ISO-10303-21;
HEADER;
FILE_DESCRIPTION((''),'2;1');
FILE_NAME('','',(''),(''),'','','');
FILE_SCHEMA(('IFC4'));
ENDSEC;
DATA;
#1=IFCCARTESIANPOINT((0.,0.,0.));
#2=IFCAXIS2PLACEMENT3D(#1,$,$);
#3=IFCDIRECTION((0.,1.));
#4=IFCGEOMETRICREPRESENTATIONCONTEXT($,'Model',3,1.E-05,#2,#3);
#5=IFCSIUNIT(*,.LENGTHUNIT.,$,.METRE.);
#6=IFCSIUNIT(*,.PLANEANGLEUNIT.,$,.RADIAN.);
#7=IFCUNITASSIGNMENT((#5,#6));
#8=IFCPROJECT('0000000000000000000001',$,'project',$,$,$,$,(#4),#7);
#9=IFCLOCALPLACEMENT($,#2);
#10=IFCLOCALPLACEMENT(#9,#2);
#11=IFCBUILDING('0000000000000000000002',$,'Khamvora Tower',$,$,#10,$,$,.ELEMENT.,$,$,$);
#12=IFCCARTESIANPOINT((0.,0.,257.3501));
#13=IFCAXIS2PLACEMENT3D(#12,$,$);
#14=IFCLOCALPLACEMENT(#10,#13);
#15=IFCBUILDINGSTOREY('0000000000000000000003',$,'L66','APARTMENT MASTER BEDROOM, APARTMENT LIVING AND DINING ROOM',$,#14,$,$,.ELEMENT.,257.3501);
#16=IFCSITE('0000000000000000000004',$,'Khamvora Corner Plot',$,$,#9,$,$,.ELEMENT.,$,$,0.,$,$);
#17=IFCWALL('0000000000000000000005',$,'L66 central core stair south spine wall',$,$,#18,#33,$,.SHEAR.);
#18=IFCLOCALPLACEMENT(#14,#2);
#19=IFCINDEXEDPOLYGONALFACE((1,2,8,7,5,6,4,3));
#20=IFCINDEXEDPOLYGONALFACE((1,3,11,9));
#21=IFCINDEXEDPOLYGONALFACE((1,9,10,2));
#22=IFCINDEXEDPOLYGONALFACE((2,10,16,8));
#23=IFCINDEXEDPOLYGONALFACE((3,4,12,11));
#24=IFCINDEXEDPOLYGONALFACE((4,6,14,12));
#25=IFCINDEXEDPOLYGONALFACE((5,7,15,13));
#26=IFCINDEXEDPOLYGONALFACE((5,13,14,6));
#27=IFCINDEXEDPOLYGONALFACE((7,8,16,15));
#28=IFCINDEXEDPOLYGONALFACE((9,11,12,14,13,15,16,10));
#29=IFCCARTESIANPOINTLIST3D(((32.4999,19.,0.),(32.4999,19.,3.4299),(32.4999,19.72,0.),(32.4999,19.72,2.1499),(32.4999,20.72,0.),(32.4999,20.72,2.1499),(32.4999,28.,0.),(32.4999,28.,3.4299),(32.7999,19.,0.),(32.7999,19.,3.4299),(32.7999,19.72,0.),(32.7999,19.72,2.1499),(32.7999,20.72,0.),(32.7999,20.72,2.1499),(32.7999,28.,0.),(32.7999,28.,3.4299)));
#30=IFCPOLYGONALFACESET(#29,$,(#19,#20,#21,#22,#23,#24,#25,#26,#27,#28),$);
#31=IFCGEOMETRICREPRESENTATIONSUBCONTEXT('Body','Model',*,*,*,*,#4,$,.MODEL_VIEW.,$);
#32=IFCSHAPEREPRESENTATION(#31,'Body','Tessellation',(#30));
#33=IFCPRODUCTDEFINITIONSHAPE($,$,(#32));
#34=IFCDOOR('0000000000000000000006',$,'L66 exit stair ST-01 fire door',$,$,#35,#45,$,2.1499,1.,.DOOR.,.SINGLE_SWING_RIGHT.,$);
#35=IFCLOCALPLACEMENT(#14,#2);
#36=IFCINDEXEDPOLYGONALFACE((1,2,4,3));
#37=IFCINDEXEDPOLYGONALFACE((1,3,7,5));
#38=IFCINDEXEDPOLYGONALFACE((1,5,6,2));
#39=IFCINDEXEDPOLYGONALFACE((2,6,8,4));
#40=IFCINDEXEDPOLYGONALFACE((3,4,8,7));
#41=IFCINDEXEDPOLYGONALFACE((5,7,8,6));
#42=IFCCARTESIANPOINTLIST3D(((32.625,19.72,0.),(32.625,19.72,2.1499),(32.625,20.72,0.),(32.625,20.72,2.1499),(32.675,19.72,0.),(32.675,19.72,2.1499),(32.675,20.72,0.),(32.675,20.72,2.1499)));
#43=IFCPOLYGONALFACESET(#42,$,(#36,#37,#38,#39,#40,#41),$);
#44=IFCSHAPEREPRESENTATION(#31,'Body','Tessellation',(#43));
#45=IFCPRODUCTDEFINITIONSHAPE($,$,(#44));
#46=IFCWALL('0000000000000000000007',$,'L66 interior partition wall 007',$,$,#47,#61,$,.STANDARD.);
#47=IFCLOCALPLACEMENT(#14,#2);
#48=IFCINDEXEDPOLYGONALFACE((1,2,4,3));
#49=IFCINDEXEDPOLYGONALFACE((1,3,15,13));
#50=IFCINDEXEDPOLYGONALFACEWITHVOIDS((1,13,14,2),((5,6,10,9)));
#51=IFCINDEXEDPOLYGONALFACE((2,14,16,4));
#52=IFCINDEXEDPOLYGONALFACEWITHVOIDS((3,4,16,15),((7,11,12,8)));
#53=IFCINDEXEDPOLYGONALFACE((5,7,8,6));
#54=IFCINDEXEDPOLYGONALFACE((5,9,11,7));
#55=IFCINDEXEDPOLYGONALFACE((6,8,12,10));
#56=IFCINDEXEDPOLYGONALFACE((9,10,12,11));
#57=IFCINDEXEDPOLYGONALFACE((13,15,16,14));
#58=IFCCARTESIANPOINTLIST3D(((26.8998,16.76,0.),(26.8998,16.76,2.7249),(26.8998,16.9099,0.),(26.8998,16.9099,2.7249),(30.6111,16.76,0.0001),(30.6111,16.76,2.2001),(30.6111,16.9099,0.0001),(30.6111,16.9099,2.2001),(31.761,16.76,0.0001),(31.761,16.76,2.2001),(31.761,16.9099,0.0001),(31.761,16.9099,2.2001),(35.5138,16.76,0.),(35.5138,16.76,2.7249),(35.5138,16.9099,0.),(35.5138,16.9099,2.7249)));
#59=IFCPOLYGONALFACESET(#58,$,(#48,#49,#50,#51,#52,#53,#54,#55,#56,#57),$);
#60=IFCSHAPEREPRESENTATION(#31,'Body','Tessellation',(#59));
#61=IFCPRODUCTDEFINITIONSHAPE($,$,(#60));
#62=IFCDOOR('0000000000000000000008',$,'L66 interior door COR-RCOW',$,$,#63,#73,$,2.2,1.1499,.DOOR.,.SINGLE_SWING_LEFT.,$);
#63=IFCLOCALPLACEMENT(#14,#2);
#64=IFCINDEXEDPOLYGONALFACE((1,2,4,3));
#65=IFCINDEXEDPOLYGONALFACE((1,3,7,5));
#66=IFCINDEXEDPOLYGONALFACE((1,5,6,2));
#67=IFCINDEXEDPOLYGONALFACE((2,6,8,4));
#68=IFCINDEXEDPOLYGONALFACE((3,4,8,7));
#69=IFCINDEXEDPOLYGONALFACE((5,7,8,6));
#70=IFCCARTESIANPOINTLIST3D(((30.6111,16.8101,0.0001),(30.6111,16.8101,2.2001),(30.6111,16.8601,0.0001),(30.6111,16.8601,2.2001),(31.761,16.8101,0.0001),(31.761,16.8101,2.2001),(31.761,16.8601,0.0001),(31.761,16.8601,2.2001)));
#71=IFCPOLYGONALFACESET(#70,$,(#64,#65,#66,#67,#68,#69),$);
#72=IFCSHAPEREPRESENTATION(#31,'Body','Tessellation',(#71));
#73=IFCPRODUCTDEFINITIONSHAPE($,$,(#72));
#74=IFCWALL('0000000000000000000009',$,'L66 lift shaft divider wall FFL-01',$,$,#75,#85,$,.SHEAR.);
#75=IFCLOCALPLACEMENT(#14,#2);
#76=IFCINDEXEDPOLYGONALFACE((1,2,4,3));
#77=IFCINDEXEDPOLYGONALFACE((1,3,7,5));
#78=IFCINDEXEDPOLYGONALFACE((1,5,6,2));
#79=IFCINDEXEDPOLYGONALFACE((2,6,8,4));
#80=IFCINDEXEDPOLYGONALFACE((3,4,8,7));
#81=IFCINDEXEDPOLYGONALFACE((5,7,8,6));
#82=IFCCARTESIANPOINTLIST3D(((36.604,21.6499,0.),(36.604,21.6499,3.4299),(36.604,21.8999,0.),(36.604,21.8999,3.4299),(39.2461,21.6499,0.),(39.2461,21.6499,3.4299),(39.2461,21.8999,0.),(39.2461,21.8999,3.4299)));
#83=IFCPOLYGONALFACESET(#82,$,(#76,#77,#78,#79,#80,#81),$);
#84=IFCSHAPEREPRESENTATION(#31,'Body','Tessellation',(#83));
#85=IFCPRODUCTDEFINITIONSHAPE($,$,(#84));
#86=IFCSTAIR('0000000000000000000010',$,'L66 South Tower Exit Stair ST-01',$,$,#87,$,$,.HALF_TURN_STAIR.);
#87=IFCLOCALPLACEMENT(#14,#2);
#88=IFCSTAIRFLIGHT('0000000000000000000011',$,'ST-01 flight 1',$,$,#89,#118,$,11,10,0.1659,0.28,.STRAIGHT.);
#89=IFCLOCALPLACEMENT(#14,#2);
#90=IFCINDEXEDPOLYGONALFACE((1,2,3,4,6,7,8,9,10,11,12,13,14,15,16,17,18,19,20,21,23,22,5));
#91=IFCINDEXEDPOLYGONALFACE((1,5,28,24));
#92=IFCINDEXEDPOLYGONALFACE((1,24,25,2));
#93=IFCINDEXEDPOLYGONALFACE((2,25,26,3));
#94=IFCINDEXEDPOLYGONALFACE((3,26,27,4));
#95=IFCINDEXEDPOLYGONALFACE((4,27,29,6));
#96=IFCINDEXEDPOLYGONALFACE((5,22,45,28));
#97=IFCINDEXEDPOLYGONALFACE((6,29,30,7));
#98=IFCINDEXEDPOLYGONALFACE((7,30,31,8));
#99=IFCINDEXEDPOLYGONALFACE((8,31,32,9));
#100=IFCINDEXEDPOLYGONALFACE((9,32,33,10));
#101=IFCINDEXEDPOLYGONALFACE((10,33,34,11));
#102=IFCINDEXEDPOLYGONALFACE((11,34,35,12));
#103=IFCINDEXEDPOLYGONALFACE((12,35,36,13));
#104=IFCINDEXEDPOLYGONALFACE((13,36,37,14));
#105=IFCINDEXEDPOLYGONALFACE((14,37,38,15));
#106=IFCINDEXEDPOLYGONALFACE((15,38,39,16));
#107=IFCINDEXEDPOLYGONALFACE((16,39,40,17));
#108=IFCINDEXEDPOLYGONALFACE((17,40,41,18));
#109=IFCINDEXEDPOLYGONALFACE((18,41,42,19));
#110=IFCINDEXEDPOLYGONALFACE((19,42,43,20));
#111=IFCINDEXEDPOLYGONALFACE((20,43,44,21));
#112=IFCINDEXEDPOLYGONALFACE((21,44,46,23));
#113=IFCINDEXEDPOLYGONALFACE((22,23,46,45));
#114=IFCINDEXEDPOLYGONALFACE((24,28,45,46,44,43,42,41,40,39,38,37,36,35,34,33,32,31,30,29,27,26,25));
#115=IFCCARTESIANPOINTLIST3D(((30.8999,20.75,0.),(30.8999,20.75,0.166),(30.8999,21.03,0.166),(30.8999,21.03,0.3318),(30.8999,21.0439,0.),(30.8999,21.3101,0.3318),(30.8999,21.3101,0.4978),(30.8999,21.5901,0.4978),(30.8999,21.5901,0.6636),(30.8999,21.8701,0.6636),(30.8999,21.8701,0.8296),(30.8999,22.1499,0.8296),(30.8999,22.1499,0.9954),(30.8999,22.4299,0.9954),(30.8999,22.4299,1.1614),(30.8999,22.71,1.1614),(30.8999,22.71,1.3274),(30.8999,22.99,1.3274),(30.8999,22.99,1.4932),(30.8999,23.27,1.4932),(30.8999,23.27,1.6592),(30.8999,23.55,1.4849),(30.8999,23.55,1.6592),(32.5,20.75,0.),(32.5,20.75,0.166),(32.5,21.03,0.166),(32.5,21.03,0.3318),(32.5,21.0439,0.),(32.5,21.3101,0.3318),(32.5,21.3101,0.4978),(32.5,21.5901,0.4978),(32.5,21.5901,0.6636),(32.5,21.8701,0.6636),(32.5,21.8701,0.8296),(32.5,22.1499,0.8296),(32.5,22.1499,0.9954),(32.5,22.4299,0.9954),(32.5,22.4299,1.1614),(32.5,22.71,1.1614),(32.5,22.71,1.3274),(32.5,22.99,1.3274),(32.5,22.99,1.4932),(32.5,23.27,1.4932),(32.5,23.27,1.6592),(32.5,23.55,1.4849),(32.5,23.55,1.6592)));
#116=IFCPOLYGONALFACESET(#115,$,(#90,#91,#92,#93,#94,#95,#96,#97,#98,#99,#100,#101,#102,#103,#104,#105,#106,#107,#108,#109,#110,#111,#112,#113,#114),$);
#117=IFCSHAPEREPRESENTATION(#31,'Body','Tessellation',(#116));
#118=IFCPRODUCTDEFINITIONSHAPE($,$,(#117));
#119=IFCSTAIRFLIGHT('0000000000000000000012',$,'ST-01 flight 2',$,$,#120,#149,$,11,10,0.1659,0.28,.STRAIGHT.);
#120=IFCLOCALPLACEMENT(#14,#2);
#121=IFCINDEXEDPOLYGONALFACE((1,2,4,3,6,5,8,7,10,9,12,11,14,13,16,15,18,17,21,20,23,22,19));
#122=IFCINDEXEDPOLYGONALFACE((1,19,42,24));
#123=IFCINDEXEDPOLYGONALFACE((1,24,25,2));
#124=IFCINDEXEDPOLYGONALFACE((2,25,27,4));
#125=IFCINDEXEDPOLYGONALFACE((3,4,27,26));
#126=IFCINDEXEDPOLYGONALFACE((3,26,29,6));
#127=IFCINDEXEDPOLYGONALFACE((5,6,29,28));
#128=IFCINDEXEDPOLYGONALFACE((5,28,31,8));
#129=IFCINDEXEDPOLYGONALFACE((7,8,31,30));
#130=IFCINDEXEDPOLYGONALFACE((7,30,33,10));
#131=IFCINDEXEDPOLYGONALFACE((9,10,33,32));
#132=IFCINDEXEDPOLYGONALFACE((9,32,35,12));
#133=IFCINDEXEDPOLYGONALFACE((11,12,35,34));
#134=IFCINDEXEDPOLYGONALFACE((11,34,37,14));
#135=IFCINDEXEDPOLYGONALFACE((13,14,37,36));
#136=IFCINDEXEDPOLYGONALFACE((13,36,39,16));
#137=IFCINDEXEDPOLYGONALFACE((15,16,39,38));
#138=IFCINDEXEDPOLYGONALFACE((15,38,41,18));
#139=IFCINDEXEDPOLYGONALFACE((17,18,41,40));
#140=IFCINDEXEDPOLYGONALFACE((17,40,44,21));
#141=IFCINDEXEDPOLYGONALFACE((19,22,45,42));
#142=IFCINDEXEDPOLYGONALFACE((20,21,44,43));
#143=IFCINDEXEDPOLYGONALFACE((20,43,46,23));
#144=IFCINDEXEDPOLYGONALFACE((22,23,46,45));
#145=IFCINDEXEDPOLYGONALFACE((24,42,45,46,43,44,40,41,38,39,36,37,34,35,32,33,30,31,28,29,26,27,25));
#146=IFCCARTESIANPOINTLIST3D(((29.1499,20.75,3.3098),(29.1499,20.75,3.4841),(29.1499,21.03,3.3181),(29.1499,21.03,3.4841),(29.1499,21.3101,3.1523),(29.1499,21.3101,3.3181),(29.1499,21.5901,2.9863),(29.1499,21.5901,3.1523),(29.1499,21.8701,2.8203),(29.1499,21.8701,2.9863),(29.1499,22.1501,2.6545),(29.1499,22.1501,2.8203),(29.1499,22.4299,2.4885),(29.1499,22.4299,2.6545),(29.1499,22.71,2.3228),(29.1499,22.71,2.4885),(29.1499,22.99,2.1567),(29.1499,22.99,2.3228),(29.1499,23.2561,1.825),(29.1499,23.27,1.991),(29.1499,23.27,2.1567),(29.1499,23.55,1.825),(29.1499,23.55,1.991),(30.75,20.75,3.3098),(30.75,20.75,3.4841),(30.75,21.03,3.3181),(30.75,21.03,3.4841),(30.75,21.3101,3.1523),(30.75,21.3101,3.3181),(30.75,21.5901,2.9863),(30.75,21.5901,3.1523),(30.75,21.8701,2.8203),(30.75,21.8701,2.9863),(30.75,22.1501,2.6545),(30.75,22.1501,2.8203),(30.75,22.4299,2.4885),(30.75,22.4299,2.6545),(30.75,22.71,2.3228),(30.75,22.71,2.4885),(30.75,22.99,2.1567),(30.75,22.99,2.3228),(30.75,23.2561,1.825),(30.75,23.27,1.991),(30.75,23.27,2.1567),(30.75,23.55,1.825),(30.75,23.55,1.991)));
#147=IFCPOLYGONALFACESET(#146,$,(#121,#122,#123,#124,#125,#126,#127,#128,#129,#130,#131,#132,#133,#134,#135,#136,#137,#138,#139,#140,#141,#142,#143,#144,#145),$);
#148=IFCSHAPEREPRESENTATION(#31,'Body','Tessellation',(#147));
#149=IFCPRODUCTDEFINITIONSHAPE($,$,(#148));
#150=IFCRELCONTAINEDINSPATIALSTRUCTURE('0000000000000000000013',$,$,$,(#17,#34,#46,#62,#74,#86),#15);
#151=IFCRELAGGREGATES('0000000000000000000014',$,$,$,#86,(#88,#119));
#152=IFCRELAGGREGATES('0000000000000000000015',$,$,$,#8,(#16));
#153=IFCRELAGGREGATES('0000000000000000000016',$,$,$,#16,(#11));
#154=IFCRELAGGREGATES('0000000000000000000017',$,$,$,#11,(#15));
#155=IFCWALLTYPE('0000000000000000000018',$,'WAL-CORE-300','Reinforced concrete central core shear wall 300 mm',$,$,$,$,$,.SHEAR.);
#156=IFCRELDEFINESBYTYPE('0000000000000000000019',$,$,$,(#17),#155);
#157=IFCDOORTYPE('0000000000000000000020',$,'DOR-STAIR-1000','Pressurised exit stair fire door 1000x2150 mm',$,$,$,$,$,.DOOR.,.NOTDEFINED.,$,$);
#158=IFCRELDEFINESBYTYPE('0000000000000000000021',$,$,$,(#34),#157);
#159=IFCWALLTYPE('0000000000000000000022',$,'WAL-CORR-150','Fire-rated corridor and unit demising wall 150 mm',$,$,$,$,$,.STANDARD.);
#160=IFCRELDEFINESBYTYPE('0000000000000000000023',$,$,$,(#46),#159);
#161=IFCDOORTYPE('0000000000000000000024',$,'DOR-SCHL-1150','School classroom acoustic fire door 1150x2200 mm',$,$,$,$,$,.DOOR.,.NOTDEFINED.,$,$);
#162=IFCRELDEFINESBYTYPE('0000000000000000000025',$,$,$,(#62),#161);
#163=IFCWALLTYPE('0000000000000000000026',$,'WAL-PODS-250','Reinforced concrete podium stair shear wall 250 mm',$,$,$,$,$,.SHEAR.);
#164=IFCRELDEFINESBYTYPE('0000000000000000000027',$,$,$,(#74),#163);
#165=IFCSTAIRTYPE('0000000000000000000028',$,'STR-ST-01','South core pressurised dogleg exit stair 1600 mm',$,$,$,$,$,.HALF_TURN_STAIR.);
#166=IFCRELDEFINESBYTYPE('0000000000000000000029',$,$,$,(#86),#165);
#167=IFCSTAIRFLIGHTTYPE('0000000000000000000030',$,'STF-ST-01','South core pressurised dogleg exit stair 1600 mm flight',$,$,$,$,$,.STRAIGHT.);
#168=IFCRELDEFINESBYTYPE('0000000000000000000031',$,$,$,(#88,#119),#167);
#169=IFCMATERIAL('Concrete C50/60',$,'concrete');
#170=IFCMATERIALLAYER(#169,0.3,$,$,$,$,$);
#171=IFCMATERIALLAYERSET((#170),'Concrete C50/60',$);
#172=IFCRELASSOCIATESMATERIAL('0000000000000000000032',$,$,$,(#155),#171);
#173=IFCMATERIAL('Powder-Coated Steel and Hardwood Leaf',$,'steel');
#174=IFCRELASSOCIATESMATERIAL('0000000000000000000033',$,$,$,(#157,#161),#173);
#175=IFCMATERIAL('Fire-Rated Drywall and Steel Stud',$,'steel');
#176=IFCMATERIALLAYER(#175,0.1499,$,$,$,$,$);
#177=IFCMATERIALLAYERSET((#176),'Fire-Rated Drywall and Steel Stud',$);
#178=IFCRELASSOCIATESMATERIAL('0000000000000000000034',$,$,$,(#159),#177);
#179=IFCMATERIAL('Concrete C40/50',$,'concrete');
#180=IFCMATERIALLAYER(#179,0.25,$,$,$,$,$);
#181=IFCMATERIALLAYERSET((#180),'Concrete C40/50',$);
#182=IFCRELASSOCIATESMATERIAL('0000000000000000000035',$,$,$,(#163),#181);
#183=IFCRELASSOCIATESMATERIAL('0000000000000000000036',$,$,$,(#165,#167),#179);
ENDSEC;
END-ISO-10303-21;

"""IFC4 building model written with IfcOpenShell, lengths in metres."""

from ifc_helpers import new_model, si_unit, direction, frame, frame_2d, origin, place, context, subcontext, project, spatial, polyline, rectangle, outline, extrude, material, layer, layer_set, type_object, element, fill, aggregate, save


model = new_model("IFC4")

# Units and contexts
model_context = context("Model", 3, precision=1e-05, world=origin(), true_north=direction((0.0, 1.0)))
body_context = subcontext(model_context, "Body", "Model", "MODEL_VIEW")
ifc_project = project(units=[si_unit("LENGTHUNIT", "METRE"), si_unit("PLANEANGLEUNIT", "RADIAN")], contexts=[model_context])

# Site, building, storey
site_placement = place(None, origin())
site = spatial("IfcSite", under=ifc_project, at=site_placement, Name="Khamvora Corner Plot", CompositionType="ELEMENT", RefElevation=0.0)
building_placement = place(site_placement, origin())
building = spatial("IfcBuilding", under=site, at=building_placement, Name="Khamvora Tower", CompositionType="ELEMENT")
storey_placement = place(building_placement, frame((0.0, 0.0, 257.3501)))
storey = spatial("IfcBuildingStorey", under=building, at=storey_placement, Name="L66", Description="APARTMENT MASTER BEDROOM, APARTMENT LIVING AND DINING ROOM", CompositionType="ELEMENT", Elevation=257.3501)

# Wall, opening, door
ifc_material_1 = material(Name="Concrete C50/60", Category="concrete")
ifc_layer_1 = layer(ifc_material_1, 0.3)
ifc_layer_set_1 = layer_set([ifc_layer_1], Name="Concrete C50/60")
wall_type_1 = type_object("IfcWallType", Name="WAL-CORE-300", Description="Reinforced concrete central core shear wall 300 mm", PredefinedType="SHEAR", material=ifc_layer_set_1)
wall_1_placement = place(storey_placement, frame((32.6499, 19.0, 0.0), z_axis=(0.0, 0.0, 1.0), x_axis=(0.0, 1.0, 0.0)))
wall_1 = element("IfcWall", 1, at=wall_1_placement, inside=storey, type_object=wall_type_1, Name="L66 central core stair south spine wall", PredefinedType="SHEAR", context=body_context, shape_type="SweptSolid", body=[
    extrude(rectangle(XDim=9.0, YDim=0.3, at=frame_2d((4.5, 0.0))), origin(), (0.0, 0.0, 1.0), 3.4299),
])
opening_1_placement = place(wall_1_placement, frame((0.72, 0.0, 0.0)))
opening_1 = element("IfcOpeningElement", 2, at=opening_1_placement, cuts=wall_1, PredefinedType="OPENING", context=body_context, shape_type="SweptSolid", body=[
    extrude(rectangle(XDim=1.0, YDim=2.1499, at=frame_2d((0.5, 1.075))), frame((0.0, 0.1599, 0.0), z_axis=(0.0, -1.0, 0.0), x_axis=(1.0, 0.0, 0.0)), (0.0, 0.0, 1.0), 0.3201),
])
ifc_material_2 = material(Name="Powder-Coated Steel and Hardwood Leaf", Category="steel")
door_type_1 = type_object("IfcDoorType", Name="DOR-STAIR-1000", Description="Pressurised exit stair fire door 1000x2150 mm", OperationType="NOTDEFINED", PredefinedType="DOOR", material=ifc_material_2)
door_1_placement = place(opening_1_placement, origin())
door_1 = element("IfcDoor", 3, at=door_1_placement, inside=storey, type_object=door_type_1, Name="L66 exit stair ST-01 fire door", OperationType="SINGLE_SWING_RIGHT", OverallHeight=2.1499, OverallWidth=1.0, PredefinedType="DOOR", context=body_context, shape_type="SweptSolid", body=[
    extrude(rectangle(XDim=1.0, YDim=2.1499, at=frame_2d((0.5, 1.075))), frame((0.0, 0.0249, 0.0), z_axis=(0.0, -1.0, 0.0), x_axis=(1.0, 0.0, 0.0)), (0.0, 0.0, 1.0), 0.05),
])
fill(opening_1, door_1)

# Wall, opening, door
ifc_material_3 = material(Name="Fire-Rated Drywall and Steel Stud", Category="steel")
ifc_layer_2 = layer(ifc_material_3, 0.1499)
ifc_layer_set_2 = layer_set([ifc_layer_2], Name="Fire-Rated Drywall and Steel Stud")
wall_type_2 = type_object("IfcWallType", Name="WAL-CORR-150", Description="Fire-rated corridor and unit demising wall 150 mm", PredefinedType="STANDARD", material=ifc_layer_set_2)
wall_2_placement = place(storey_placement, frame((35.5139, 16.835, 0.0), z_axis=(0.0, 0.0, 1.0), x_axis=(-1.0, 0.0, 0.0)))
wall_2 = element("IfcWall", 4, at=wall_2_placement, inside=storey, type_object=wall_type_2, Name="L66 interior partition wall 007", PredefinedType="STANDARD", context=body_context, shape_type="SweptSolid", body=[
    extrude(rectangle(XDim=8.614, YDim=0.1499, at=frame_2d((4.3071, 0.0))), origin(), (0.0, 0.0, 1.0), 2.7249),
])
opening_2_placement = place(wall_2_placement, frame((3.7529, 0.0, 0.0)))
opening_2 = element("IfcOpeningElement", 5, at=opening_2_placement, cuts=wall_2, PredefinedType="OPENING", context=body_context, shape_type="SweptSolid", body=[
    extrude(rectangle(XDim=1.1499, YDim=2.2, at=frame_2d((0.575, 1.1001))), frame((0.0, 0.085, 0.0), z_axis=(0.0, -1.0, 0.0), x_axis=(1.0, 0.0, 0.0)), (0.0, 0.0, 1.0), 0.1699),
])
door_type_2 = type_object("IfcDoorType", Name="DOR-SCHL-1150", Description="School classroom acoustic fire door 1150x2200 mm", OperationType="NOTDEFINED", PredefinedType="DOOR", material=ifc_material_2)
door_2_placement = place(opening_2_placement, origin())
door_2 = element("IfcDoor", 6, at=door_2_placement, inside=storey, type_object=door_type_2, Name="L66 interior door COR-RCOW", OperationType="SINGLE_SWING_LEFT", OverallHeight=2.2, OverallWidth=1.1499, PredefinedType="DOOR", context=body_context, shape_type="SweptSolid", body=[
    extrude(rectangle(XDim=1.1499, YDim=2.2, at=frame_2d((0.575, 1.1001))), frame((0.0, 0.0249, 0.0), z_axis=(0.0, -1.0, 0.0), x_axis=(1.0, 0.0, 0.0)), (0.0, 0.0, 1.0), 0.05),
])
fill(opening_2, door_2)

# Wall
ifc_material_4 = material(Name="Concrete C40/50", Category="concrete")
ifc_layer_3 = layer(ifc_material_4, 0.25)
ifc_layer_set_3 = layer_set([ifc_layer_3], Name="Concrete C40/50")
wall_type_3 = type_object("IfcWallType", Name="WAL-PODS-250", Description="Reinforced concrete podium stair shear wall 250 mm", PredefinedType="SHEAR", material=ifc_layer_set_3)
wall_3_placement = place(storey_placement, frame((36.604, 21.7749, 0.0), z_axis=(0.0, 0.0, 1.0), x_axis=(1.0, 0.0, 0.0)))
element("IfcWall", 7, at=wall_3_placement, inside=storey, type_object=wall_type_3, Name="L66 lift shaft divider wall FFL-01", PredefinedType="SHEAR", context=body_context, shape_type="SweptSolid", body=[
    extrude(rectangle(XDim=2.6421, YDim=0.25, at=frame_2d((1.321, 0.0))), origin(), (0.0, 0.0, 1.0), 3.4299),
])

# Stair, stair flights
stair_type = type_object("IfcStairType", Name="STR-ST-01", Description="South core pressurised dogleg exit stair 1600 mm", PredefinedType="HALF_TURN_STAIR", material=ifc_material_4)
stair_placement = place(storey_placement, origin())
stair = element("IfcStair", 8, at=stair_placement, inside=storey, type_object=stair_type, Name="L66 South Tower Exit Stair ST-01", PredefinedType="HALF_TURN_STAIR")
stair_flight_type = type_object("IfcStairFlightType", Name="STF-ST-01", Description="South core pressurised dogleg exit stair 1600 mm flight", PredefinedType="STRAIGHT", material=ifc_material_4)
stair_flight_1_placement = place(storey_placement, frame((31.7, 20.75, 0.0), z_axis=(0.0, 0.0, 1.0), x_axis=(0.0, 1.0, 0.0)))
stair_flight_1 = element("IfcStairFlight", 9, at=stair_flight_1_placement, type_object=stair_flight_type, Name="ST-01 flight 1", NumberOfRisers=11, NumberOfTreads=10, PredefinedType="STRAIGHT", RiserHeight=0.1659, TreadLength=0.28, context=body_context, shape_type="SweptSolid", body=[
    extrude(outline(polyline([(0.0, 0.0), (0.0, 0.166), (0.28, 0.166), (0.28, 0.3318), (0.5601, 0.3318), (0.5601, 0.4978), (0.8401, 0.4978), (0.8401, 0.6636), (1.1201, 0.6636), (1.1201, 0.8296), (1.3999, 0.8296), (1.3999, 0.9954), (1.6799, 0.9954), (1.6799, 1.1614), (1.96, 1.1614), (1.96, 1.3274), (2.24, 1.3274), (2.24, 1.4932), (2.52, 1.4932), (2.52, 1.6592), (2.8, 1.6592), (2.8, 1.825), (2.8, 1.4849), (0.2939, 0.0), (0.0, 0.0)])), frame((0.0, 0.8, 0.0), z_axis=(0.0, -1.0, 0.0), x_axis=(1.0, 0.0, 0.0)), (0.0, 0.0, 1.0), 1.6001),
])
stair_flight_2_placement = place(storey_placement, frame((29.95, 23.55, 1.825), z_axis=(0.0, 0.0, 1.0), x_axis=(0.0, -1.0, 0.0)))
stair_flight_2 = element("IfcStairFlight", 10, at=stair_flight_2_placement, type_object=stair_flight_type, Name="ST-01 flight 2", NumberOfRisers=11, NumberOfTreads=10, PredefinedType="STRAIGHT", RiserHeight=0.1659, TreadLength=0.28, context=body_context, shape_type="SweptSolid", body=[
    extrude(outline(polyline([(0.0, 0.0), (0.0, 0.166), (0.28, 0.166), (0.28, 0.3318), (0.5601, 0.3318), (0.5601, 0.4978), (0.8401, 0.4978), (0.8401, 0.6636), (1.1201, 0.6636), (1.1201, 0.8296), (1.3999, 0.8296), (1.3999, 0.9954), (1.6799, 0.9954), (1.6799, 1.1614), (1.96, 1.1614), (1.96, 1.3274), (2.24, 1.3274), (2.24, 1.4932), (2.52, 1.4932), (2.52, 1.6592), (2.8, 1.6592), (2.8, 1.825), (2.8, 1.4849), (0.2939, 0.0), (0.0, 0.0)])), frame((0.0, 0.8, 0.0), z_axis=(0.0, -1.0, 0.0), x_axis=(1.0, 0.0, 0.0)), (0.0, 0.0, 1.0), 1.6001),
])
aggregate(stair, [stair_flight_1, stair_flight_2])

save(model, "model.ifc")
